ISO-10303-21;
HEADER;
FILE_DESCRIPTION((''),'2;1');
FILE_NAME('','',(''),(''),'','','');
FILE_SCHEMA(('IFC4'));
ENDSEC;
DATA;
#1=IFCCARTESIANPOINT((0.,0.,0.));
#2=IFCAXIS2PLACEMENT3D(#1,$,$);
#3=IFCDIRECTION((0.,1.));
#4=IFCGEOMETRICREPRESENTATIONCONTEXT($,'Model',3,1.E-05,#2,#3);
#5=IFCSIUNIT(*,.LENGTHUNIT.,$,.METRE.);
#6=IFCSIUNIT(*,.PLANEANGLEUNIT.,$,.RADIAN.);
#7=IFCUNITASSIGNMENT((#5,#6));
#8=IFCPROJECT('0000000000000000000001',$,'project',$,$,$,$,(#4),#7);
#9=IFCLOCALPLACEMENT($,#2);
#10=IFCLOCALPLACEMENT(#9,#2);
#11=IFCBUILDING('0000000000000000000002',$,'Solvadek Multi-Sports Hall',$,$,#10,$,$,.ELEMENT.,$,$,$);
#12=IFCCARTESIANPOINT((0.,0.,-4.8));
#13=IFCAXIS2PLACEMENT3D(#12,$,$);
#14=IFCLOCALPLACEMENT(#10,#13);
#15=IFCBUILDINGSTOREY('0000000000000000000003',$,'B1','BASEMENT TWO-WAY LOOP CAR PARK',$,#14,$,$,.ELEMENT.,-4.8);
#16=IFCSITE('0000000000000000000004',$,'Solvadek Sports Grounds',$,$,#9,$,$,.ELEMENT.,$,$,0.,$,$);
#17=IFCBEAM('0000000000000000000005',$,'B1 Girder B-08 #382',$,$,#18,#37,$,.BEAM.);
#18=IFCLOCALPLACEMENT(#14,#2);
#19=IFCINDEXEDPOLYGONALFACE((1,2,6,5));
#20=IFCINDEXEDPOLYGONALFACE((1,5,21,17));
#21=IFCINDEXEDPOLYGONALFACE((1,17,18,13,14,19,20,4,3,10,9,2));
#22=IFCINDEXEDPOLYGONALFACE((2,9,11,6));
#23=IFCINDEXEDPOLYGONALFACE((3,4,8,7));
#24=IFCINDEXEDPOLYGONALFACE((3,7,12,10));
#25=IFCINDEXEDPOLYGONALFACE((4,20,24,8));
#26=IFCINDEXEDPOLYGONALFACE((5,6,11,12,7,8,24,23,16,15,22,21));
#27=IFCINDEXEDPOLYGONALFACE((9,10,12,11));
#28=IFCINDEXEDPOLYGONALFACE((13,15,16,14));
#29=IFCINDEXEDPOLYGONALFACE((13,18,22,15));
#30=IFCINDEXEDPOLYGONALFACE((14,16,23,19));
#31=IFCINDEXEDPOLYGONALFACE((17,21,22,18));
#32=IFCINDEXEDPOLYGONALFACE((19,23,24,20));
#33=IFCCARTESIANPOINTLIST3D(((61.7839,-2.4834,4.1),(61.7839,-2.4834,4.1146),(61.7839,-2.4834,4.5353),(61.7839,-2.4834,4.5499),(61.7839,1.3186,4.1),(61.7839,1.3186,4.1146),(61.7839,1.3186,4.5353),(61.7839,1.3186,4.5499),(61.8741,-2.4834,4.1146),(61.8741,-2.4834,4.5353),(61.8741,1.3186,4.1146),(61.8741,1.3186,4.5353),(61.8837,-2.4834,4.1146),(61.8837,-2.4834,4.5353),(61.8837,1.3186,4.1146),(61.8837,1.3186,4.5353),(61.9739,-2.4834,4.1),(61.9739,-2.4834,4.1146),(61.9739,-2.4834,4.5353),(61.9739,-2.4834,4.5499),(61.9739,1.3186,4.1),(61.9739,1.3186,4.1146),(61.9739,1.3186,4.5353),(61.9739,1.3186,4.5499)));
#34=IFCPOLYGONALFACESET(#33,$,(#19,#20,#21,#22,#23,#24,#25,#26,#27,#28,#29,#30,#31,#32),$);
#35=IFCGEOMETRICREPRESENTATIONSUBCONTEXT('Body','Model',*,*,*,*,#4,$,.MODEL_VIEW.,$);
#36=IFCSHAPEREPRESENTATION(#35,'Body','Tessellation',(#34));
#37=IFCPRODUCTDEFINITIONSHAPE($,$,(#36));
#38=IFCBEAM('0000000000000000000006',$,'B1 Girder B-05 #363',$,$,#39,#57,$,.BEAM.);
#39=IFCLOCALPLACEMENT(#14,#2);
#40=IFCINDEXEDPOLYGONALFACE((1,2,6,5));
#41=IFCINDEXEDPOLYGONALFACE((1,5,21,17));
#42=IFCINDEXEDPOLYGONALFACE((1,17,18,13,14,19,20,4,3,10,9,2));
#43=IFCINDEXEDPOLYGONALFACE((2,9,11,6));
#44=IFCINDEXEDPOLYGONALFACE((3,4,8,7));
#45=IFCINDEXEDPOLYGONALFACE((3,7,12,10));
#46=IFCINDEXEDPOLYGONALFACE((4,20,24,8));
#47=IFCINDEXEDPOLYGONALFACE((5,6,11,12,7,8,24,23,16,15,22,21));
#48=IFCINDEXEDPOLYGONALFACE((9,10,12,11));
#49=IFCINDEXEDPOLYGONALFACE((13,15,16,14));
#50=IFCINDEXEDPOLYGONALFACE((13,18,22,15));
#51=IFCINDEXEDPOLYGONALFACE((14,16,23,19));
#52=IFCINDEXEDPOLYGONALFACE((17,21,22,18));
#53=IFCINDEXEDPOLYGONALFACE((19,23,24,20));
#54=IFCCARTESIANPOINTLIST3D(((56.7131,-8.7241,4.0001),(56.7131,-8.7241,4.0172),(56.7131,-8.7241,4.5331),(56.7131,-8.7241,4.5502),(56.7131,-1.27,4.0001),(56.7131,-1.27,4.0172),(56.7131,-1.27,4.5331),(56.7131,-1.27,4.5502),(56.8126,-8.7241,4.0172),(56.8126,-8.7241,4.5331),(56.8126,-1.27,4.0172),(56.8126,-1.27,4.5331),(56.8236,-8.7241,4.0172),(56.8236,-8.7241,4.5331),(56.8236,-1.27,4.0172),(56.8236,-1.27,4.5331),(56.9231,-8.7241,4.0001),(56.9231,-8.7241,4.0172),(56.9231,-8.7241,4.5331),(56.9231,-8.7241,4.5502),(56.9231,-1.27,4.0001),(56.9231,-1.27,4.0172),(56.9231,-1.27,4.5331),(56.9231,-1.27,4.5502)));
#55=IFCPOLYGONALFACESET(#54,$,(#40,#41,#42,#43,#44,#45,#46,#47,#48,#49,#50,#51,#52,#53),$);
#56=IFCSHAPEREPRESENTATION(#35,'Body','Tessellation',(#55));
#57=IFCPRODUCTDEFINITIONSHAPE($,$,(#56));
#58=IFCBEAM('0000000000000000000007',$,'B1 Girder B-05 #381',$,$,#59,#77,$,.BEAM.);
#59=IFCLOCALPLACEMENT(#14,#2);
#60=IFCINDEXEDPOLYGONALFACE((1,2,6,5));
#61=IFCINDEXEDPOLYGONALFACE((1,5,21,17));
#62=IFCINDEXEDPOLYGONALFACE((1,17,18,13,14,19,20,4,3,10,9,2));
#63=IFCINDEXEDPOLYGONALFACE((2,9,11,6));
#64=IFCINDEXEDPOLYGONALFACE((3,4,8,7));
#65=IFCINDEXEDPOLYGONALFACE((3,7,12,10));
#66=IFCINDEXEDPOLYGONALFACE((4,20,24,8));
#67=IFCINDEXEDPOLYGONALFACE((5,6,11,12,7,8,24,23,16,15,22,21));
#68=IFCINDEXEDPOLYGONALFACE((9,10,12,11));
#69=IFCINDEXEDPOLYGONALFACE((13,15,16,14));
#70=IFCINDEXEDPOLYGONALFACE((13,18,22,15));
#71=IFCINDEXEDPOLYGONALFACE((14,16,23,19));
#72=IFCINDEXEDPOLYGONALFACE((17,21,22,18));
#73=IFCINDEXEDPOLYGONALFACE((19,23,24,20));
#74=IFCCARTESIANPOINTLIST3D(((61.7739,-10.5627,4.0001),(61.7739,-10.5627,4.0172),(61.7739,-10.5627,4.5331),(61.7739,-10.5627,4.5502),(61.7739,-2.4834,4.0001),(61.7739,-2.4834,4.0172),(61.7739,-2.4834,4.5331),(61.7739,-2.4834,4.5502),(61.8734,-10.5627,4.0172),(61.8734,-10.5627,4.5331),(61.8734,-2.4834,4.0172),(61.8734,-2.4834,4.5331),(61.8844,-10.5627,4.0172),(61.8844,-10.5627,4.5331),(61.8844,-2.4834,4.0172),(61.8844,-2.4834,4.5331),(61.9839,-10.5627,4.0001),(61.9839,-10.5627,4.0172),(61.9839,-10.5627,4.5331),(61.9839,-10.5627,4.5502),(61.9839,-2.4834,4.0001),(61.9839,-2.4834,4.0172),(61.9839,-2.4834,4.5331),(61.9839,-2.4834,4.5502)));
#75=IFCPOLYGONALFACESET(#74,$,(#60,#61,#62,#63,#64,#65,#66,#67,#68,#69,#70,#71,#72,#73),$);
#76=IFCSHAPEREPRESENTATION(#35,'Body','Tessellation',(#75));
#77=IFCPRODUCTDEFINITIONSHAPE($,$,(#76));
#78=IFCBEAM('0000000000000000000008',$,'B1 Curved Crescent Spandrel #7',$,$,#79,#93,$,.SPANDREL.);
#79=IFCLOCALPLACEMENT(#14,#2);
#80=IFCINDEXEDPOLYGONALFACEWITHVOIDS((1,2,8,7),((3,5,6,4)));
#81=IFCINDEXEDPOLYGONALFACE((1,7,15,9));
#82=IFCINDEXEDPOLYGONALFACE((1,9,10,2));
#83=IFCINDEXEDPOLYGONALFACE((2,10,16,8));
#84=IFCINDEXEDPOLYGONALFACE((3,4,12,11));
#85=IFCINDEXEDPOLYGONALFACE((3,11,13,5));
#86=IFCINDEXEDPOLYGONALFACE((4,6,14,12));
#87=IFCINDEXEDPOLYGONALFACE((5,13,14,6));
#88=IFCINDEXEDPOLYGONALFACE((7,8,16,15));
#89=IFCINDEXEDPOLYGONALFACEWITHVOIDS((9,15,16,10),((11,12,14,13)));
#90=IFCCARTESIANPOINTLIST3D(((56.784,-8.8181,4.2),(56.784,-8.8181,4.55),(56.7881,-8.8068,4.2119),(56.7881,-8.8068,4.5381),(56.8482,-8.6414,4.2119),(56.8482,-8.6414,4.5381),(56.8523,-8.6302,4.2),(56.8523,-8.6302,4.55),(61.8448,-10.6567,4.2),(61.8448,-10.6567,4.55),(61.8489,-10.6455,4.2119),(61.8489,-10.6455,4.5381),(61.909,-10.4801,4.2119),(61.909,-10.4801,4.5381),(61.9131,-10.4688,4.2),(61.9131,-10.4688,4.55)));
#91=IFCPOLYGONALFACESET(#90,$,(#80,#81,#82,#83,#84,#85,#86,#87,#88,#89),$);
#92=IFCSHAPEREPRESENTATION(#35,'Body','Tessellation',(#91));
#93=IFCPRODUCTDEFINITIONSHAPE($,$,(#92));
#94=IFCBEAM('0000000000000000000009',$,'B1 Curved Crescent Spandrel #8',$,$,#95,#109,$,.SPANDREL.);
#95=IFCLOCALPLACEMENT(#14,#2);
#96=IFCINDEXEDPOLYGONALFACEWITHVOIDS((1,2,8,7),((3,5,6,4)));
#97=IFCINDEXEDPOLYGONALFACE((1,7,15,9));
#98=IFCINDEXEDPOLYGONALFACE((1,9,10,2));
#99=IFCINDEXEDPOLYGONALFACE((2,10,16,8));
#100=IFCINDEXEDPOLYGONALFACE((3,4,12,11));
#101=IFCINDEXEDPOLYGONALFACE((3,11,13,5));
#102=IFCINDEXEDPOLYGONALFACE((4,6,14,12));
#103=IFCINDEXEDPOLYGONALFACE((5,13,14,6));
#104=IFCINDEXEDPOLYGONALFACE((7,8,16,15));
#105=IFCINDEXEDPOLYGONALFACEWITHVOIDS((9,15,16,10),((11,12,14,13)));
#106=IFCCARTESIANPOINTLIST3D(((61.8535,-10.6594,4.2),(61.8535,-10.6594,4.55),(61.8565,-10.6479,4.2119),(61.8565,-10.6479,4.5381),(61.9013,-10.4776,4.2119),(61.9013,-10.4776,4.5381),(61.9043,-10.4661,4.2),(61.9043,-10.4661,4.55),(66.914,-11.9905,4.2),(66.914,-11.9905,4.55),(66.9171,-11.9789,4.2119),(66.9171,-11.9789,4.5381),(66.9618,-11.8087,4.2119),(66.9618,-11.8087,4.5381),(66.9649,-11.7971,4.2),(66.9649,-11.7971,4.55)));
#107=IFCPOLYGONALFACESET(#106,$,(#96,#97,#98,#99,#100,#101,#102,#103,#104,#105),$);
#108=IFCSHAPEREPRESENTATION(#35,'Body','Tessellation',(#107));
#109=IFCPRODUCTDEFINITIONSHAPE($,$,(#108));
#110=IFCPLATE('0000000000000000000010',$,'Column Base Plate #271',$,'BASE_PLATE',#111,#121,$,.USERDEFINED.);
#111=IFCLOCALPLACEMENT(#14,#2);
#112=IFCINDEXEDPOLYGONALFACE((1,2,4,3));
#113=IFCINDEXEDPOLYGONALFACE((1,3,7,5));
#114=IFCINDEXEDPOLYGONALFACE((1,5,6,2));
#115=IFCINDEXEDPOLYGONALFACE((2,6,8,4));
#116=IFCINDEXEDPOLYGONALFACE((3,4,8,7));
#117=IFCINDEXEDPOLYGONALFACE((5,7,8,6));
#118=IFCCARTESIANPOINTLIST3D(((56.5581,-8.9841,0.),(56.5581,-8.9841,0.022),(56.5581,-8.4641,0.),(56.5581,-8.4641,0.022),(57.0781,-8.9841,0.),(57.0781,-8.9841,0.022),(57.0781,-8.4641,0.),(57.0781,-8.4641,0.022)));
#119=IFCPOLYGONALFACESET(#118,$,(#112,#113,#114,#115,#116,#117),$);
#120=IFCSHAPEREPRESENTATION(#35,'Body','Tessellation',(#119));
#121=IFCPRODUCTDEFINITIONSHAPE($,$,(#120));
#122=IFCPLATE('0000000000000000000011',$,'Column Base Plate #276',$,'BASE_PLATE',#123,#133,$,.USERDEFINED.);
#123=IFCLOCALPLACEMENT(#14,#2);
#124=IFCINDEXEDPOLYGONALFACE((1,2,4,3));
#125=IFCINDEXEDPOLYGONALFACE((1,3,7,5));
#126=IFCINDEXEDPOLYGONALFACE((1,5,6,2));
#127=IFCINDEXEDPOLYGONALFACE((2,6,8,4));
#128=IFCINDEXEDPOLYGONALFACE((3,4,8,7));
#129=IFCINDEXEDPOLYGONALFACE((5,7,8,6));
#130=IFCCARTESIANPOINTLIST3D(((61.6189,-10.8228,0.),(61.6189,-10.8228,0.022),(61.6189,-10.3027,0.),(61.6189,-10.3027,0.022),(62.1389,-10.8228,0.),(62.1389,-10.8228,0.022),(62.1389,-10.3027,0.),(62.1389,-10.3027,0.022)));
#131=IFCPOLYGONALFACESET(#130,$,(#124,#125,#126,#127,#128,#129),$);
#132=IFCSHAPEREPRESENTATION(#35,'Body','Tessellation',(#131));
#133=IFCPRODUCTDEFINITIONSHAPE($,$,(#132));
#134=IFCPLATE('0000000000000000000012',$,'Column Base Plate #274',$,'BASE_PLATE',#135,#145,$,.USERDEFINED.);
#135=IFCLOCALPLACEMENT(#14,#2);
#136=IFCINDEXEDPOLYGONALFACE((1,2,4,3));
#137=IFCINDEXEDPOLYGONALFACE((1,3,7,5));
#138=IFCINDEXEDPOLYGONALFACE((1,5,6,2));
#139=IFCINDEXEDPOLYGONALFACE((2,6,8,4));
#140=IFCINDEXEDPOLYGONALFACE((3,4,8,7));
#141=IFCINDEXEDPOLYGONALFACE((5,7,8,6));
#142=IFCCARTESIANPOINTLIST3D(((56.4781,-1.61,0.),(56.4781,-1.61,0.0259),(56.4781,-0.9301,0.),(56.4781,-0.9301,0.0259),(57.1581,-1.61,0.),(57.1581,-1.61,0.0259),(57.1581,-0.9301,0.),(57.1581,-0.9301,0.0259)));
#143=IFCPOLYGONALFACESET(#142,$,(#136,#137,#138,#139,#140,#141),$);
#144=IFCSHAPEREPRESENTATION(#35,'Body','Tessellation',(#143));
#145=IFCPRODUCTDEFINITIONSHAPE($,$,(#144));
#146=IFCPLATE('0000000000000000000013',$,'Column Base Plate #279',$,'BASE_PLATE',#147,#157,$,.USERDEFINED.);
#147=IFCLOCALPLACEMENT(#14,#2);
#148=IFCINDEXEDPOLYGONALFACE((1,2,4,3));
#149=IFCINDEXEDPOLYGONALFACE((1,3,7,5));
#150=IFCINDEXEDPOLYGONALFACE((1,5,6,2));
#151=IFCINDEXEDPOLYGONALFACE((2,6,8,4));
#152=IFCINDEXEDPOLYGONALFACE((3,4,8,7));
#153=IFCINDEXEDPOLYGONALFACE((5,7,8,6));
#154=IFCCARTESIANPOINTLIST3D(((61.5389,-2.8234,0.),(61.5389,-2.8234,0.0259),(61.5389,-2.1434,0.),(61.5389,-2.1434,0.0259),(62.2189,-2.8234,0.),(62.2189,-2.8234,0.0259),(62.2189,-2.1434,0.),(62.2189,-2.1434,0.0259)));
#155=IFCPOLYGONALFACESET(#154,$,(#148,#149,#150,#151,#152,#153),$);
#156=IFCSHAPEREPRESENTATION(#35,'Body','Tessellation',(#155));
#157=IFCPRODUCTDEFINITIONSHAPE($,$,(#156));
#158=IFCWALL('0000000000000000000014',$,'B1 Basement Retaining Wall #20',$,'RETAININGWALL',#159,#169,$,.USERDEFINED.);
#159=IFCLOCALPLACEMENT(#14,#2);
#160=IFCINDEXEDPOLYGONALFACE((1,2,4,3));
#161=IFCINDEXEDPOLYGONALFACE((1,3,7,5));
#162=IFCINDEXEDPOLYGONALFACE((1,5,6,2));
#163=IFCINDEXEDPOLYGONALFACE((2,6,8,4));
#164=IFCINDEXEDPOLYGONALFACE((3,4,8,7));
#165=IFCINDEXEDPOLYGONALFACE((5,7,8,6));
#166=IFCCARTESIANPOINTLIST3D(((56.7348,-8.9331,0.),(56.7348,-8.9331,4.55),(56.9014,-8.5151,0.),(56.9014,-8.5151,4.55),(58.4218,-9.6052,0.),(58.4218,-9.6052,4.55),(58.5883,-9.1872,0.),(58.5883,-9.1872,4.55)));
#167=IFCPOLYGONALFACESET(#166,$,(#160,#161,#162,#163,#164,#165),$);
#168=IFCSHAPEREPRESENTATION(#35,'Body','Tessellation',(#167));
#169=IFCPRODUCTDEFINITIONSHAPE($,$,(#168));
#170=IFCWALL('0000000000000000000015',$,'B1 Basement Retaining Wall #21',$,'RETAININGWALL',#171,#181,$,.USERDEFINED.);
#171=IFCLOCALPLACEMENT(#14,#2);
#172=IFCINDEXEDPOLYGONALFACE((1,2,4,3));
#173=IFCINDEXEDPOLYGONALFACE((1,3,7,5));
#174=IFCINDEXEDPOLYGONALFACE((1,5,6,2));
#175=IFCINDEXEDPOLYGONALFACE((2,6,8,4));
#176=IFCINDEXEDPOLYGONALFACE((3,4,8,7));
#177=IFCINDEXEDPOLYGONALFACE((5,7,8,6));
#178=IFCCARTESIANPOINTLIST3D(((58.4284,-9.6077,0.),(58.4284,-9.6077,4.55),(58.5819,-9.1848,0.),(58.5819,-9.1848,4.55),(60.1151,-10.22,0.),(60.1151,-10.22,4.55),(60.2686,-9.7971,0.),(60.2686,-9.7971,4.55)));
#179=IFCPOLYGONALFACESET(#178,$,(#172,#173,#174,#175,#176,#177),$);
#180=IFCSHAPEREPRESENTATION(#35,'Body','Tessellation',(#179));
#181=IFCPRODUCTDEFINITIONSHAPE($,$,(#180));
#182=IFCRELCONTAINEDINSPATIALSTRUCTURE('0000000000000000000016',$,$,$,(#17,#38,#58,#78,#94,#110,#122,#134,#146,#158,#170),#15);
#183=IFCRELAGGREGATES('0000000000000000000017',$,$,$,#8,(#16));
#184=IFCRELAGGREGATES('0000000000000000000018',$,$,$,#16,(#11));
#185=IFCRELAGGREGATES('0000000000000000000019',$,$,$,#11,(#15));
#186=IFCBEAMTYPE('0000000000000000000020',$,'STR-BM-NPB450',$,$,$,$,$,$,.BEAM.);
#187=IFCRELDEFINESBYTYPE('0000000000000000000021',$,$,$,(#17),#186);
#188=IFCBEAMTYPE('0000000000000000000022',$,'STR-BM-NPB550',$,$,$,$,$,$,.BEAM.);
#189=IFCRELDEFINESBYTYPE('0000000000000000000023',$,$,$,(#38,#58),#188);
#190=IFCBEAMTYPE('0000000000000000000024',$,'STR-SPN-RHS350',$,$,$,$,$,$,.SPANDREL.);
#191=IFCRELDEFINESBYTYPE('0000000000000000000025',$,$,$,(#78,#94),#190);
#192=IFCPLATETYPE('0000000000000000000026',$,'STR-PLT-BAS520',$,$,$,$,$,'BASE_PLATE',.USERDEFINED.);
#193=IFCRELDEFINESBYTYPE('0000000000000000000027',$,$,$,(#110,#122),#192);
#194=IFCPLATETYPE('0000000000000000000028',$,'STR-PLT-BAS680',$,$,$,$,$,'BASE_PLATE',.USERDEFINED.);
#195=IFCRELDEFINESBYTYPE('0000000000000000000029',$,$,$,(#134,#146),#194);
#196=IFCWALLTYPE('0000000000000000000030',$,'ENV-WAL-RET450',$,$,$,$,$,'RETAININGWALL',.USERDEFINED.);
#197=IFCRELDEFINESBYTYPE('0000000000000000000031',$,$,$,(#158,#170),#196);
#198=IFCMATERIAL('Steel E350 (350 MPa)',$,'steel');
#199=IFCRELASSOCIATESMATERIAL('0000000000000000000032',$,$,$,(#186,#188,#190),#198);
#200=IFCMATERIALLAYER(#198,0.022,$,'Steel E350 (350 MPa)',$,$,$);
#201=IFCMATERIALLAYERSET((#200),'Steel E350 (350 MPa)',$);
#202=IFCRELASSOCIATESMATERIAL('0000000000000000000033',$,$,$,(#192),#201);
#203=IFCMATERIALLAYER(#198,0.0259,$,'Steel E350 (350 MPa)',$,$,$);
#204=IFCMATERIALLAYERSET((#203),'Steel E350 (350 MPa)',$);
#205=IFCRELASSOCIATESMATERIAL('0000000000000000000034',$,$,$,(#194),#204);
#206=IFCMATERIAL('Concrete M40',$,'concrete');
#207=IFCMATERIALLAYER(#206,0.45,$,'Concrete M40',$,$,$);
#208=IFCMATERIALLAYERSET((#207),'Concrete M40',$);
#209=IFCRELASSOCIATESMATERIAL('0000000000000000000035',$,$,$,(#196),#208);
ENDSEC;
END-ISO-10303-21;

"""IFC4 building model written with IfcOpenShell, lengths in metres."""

from ifc_helpers import new_model, si_unit, direction, frame, frame_2d, origin, origin_2d, place, context, subcontext, project, spatial, rectangle, hollow_rectangle, i_section, extrude, material, layer, layer_set, material_profile, profile_set, type_object, element, save


model = new_model("IFC4")

# Units and contexts
model_context = context("Model", 3, precision=1e-05, world=origin(), true_north=direction((0.0, 1.0)))
body_context = subcontext(model_context, "Body", "Model", "MODEL_VIEW")
ifc_project = project(units=[si_unit("LENGTHUNIT", "METRE"), si_unit("PLANEANGLEUNIT", "RADIAN")], contexts=[model_context])

# Site, building, storey
site_placement = place(None, origin())
site = spatial("IfcSite", under=ifc_project, at=site_placement, Name="Solvadek Sports Grounds", CompositionType="ELEMENT", RefElevation=0.0)
building_placement = place(site_placement, origin())
building = spatial("IfcBuilding", under=site, at=building_placement, Name="Solvadek Multi-Sports Hall", CompositionType="ELEMENT")
storey_placement = place(building_placement, frame((0.0, 0.0, -4.8)))
storey = spatial("IfcBuildingStorey", under=building, at=storey_placement, Name="B1", Description="BASEMENT TWO-WAY LOOP CAR PARK", CompositionType="ELEMENT", Elevation=-4.8)

# Shared definitions
ifc_material_1 = material(Name="Concrete M40", Category="concrete")

# Shared definitions
ifc_material_2 = material(Name="Steel E350 (350 MPa)", Category="steel")

# Beams
ifc_material_profile_1 = material_profile(ifc_material_2, i_section(OverallWidth=0.1899, OverallDepth=0.45, WebThickness=0.0095, FlangeThickness=0.0146, at=origin_2d()), Name="NPB 450")
ifc_profile_set_1 = profile_set([ifc_material_profile_1], Name="Steel E350 (350 MPa)")
beam_type_1 = type_object("IfcBeamType", Name="STR-BM-NPB450", PredefinedType="BEAM", material=ifc_profile_set_1)
beam_1_placement = place(storey_placement, frame((61.8789, -2.4834, 4.325), z_axis=(0.0, 1.0, 0.0), x_axis=(-1.0, 0.0, 0.0)))
element("IfcBeam", 1, at=beam_1_placement, inside=storey, type_object=beam_type_1, Name="B1 Girder B-08 #382", PredefinedType="BEAM", context=body_context, shape_type="SweptSolid", body=[
    extrude(i_section(OverallWidth=0.1899, OverallDepth=0.45, WebThickness=0.0095, FlangeThickness=0.0146, at=origin_2d()), origin(), (0.0, 0.0, 1.0), 3.802),
])
ifc_material_profile_2 = material_profile(ifc_material_2, i_section(OverallWidth=0.21, OverallDepth=0.55, WebThickness=0.011, FlangeThickness=0.0171, at=origin_2d()), Name="NPB 550")
ifc_profile_set_2 = profile_set([ifc_material_profile_2], Name="Steel E350 (350 MPa)")
beam_type_2 = type_object("IfcBeamType", Name="STR-BM-NPB550", PredefinedType="BEAM", material=ifc_profile_set_2)
beam_2_placement = place(storey_placement, frame((56.8181, -8.7241, 4.2751), z_axis=(0.0, 1.0, 0.0), x_axis=(-1.0, 0.0, 0.0)))
element("IfcBeam", 2, at=beam_2_placement, inside=storey, type_object=beam_type_2, Name="B1 Girder B-05 #363", PredefinedType="BEAM", context=body_context, shape_type="SweptSolid", body=[
    extrude(i_section(OverallWidth=0.21, OverallDepth=0.55, WebThickness=0.011, FlangeThickness=0.0171, at=origin_2d()), origin(), (0.0, 0.0, 1.0), 7.4541),
])
beam_3_placement = place(storey_placement, frame((61.8789, -10.5627, 4.2751), z_axis=(0.0, 1.0, 0.0), x_axis=(-1.0, 0.0, 0.0)))
element("IfcBeam", 3, at=beam_3_placement, inside=storey, type_object=beam_type_2, Name="B1 Girder B-05 #381", PredefinedType="BEAM", context=body_context, shape_type="SweptSolid", body=[
    extrude(i_section(OverallWidth=0.21, OverallDepth=0.55, WebThickness=0.011, FlangeThickness=0.0171, at=origin_2d()), origin(), (0.0, 0.0, 1.0), 8.0793),
])
ifc_material_profile_3 = material_profile(ifc_material_2, hollow_rectangle(XDim=0.2, YDim=0.3501, WallThickness=0.012, at=origin_2d()), Name="RHS 350x200x12")
ifc_profile_set_3 = profile_set([ifc_material_profile_3], Name="Steel E350 (350 MPa)")
beam_type_3 = type_object("IfcBeamType", Name="STR-SPN-RHS350", PredefinedType="SPANDREL", material=ifc_profile_set_3)
beam_4_placement = place(storey_placement, frame((56.8181, -8.7241, 4.375), z_axis=(0.939893, -0.34147, 0.0), x_axis=(0.34147, 0.939893, 0.0)))
element("IfcBeam", 4, at=beam_4_placement, inside=storey, type_object=beam_type_3, Name="B1 Curved Crescent Spandrel #7", PredefinedType="SPANDREL", context=body_context, shape_type="SweptSolid", body=[
    extrude(hollow_rectangle(XDim=0.2, YDim=0.3501, WallThickness=0.012, at=origin_2d()), origin(), (0.0, 0.0, 1.0), 5.3845),
])
beam_5_placement = place(storey_placement, frame((61.8789, -10.5627, 4.375), z_axis=(0.967106, -0.254374, 0.0), x_axis=(0.254374, 0.967106, 0.0)))
element("IfcBeam", 5, at=beam_5_placement, inside=storey, type_object=beam_type_3, Name="B1 Curved Crescent Spandrel #8", PredefinedType="SPANDREL", context=body_context, shape_type="SweptSolid", body=[
    extrude(hollow_rectangle(XDim=0.2, YDim=0.3501, WallThickness=0.012, at=origin_2d()), origin(), (0.0, 0.0, 1.0), 5.2327),
])

# Plates
ifc_layer_1 = layer(ifc_material_2, 0.022, Name="Steel E350 (350 MPa)")
ifc_layer_set_1 = layer_set([ifc_layer_1], Name="Steel E350 (350 MPa)")
plate_type_1 = type_object("IfcPlateType", Name="STR-PLT-BAS520", ElementType="BASE_PLATE", PredefinedType="USERDEFINED", material=ifc_layer_set_1)
for number, where, z_axis, x_axis, name in (
    (6, (56.8181, -8.7241, 0.0), (0.0, 0.0, 1.0), (1.0, 0.0, 0.0), "Column Base Plate #271"),
    (7, (61.8789, -10.5627, 0.0), (0.0, 0.0, 1.0), (1.0, 0.0, 0.0), "Column Base Plate #276"),
):
    element("IfcPlate", number, at=place(storey_placement, frame(where, z_axis=z_axis, x_axis=x_axis)), inside=storey, type_object=plate_type_1, Name=name, ObjectType="BASE_PLATE", PredefinedType="USERDEFINED", context=body_context, shape_type="SweptSolid", body=[
        extrude(rectangle(XDim=0.52, YDim=0.52, at=origin_2d()), origin(), (0.0, 0.0, 1.0), 0.022),
    ])
ifc_layer_2 = layer(ifc_material_2, 0.0259, Name="Steel E350 (350 MPa)")
ifc_layer_set_2 = layer_set([ifc_layer_2], Name="Steel E350 (350 MPa)")
plate_type_2 = type_object("IfcPlateType", Name="STR-PLT-BAS680", ElementType="BASE_PLATE", PredefinedType="USERDEFINED", material=ifc_layer_set_2)
for number, where, z_axis, x_axis, name in (
    (8, (56.8181, -1.27, 0.0), (0.0, 0.0, 1.0), (1.0, 0.0, 0.0), "Column Base Plate #274"),
    (9, (61.8789, -2.4834, 0.0), (0.0, 0.0, 1.0), (1.0, 0.0, 0.0), "Column Base Plate #279"),
):
    element("IfcPlate", number, at=place(storey_placement, frame(where, z_axis=z_axis, x_axis=x_axis)), inside=storey, type_object=plate_type_2, Name=name, ObjectType="BASE_PLATE", PredefinedType="USERDEFINED", context=body_context, shape_type="SweptSolid", body=[
        extrude(rectangle(XDim=0.6799, YDim=0.6799, at=origin_2d()), origin(), (0.0, 0.0, 1.0), 0.0259),
    ])

# Walls
ifc_layer_3 = layer(ifc_material_1, 0.45, Name="Concrete M40")
ifc_layer_set_3 = layer_set([ifc_layer_3], Name="Concrete M40")
wall_type = type_object("IfcWallType", Name="ENV-WAL-RET450", ElementType="RETAININGWALL", PredefinedType="USERDEFINED", material=ifc_layer_set_3)
wall_1_placement = place(storey_placement, frame((56.8181, -8.7241, 0.0), z_axis=(0.0, 0.0, 1.0), x_axis=(0.928986, -0.370115, 0.0)))
element("IfcWall", 10, at=wall_1_placement, inside=storey, type_object=wall_type, Name="B1 Basement Retaining Wall #20", ObjectType="RETAININGWALL", PredefinedType="USERDEFINED", context=body_context, shape_type="SweptSolid", body=[
    extrude(rectangle(XDim=1.8159, YDim=0.45, at=frame_2d((0.908, 0.0))), origin(), (0.0, 0.0, 1.0), 4.55),
])
wall_2_placement = place(storey_placement, frame((58.5051, -9.3962, 0.0), z_axis=(0.0, 0.0, 1.0), x_axis=(0.939984, -0.341219, 0.0)))
element("IfcWall", 11, at=wall_2_placement, inside=storey, type_object=wall_type, Name="B1 Basement Retaining Wall #21", ObjectType="RETAININGWALL", PredefinedType="USERDEFINED", context=body_context, shape_type="SweptSolid", body=[
    extrude(rectangle(XDim=1.7944, YDim=0.45, at=frame_2d((0.8972, 0.0))), origin(), (0.0, 0.0, 1.0), 4.55),
])

save(model, "model.ifc")
